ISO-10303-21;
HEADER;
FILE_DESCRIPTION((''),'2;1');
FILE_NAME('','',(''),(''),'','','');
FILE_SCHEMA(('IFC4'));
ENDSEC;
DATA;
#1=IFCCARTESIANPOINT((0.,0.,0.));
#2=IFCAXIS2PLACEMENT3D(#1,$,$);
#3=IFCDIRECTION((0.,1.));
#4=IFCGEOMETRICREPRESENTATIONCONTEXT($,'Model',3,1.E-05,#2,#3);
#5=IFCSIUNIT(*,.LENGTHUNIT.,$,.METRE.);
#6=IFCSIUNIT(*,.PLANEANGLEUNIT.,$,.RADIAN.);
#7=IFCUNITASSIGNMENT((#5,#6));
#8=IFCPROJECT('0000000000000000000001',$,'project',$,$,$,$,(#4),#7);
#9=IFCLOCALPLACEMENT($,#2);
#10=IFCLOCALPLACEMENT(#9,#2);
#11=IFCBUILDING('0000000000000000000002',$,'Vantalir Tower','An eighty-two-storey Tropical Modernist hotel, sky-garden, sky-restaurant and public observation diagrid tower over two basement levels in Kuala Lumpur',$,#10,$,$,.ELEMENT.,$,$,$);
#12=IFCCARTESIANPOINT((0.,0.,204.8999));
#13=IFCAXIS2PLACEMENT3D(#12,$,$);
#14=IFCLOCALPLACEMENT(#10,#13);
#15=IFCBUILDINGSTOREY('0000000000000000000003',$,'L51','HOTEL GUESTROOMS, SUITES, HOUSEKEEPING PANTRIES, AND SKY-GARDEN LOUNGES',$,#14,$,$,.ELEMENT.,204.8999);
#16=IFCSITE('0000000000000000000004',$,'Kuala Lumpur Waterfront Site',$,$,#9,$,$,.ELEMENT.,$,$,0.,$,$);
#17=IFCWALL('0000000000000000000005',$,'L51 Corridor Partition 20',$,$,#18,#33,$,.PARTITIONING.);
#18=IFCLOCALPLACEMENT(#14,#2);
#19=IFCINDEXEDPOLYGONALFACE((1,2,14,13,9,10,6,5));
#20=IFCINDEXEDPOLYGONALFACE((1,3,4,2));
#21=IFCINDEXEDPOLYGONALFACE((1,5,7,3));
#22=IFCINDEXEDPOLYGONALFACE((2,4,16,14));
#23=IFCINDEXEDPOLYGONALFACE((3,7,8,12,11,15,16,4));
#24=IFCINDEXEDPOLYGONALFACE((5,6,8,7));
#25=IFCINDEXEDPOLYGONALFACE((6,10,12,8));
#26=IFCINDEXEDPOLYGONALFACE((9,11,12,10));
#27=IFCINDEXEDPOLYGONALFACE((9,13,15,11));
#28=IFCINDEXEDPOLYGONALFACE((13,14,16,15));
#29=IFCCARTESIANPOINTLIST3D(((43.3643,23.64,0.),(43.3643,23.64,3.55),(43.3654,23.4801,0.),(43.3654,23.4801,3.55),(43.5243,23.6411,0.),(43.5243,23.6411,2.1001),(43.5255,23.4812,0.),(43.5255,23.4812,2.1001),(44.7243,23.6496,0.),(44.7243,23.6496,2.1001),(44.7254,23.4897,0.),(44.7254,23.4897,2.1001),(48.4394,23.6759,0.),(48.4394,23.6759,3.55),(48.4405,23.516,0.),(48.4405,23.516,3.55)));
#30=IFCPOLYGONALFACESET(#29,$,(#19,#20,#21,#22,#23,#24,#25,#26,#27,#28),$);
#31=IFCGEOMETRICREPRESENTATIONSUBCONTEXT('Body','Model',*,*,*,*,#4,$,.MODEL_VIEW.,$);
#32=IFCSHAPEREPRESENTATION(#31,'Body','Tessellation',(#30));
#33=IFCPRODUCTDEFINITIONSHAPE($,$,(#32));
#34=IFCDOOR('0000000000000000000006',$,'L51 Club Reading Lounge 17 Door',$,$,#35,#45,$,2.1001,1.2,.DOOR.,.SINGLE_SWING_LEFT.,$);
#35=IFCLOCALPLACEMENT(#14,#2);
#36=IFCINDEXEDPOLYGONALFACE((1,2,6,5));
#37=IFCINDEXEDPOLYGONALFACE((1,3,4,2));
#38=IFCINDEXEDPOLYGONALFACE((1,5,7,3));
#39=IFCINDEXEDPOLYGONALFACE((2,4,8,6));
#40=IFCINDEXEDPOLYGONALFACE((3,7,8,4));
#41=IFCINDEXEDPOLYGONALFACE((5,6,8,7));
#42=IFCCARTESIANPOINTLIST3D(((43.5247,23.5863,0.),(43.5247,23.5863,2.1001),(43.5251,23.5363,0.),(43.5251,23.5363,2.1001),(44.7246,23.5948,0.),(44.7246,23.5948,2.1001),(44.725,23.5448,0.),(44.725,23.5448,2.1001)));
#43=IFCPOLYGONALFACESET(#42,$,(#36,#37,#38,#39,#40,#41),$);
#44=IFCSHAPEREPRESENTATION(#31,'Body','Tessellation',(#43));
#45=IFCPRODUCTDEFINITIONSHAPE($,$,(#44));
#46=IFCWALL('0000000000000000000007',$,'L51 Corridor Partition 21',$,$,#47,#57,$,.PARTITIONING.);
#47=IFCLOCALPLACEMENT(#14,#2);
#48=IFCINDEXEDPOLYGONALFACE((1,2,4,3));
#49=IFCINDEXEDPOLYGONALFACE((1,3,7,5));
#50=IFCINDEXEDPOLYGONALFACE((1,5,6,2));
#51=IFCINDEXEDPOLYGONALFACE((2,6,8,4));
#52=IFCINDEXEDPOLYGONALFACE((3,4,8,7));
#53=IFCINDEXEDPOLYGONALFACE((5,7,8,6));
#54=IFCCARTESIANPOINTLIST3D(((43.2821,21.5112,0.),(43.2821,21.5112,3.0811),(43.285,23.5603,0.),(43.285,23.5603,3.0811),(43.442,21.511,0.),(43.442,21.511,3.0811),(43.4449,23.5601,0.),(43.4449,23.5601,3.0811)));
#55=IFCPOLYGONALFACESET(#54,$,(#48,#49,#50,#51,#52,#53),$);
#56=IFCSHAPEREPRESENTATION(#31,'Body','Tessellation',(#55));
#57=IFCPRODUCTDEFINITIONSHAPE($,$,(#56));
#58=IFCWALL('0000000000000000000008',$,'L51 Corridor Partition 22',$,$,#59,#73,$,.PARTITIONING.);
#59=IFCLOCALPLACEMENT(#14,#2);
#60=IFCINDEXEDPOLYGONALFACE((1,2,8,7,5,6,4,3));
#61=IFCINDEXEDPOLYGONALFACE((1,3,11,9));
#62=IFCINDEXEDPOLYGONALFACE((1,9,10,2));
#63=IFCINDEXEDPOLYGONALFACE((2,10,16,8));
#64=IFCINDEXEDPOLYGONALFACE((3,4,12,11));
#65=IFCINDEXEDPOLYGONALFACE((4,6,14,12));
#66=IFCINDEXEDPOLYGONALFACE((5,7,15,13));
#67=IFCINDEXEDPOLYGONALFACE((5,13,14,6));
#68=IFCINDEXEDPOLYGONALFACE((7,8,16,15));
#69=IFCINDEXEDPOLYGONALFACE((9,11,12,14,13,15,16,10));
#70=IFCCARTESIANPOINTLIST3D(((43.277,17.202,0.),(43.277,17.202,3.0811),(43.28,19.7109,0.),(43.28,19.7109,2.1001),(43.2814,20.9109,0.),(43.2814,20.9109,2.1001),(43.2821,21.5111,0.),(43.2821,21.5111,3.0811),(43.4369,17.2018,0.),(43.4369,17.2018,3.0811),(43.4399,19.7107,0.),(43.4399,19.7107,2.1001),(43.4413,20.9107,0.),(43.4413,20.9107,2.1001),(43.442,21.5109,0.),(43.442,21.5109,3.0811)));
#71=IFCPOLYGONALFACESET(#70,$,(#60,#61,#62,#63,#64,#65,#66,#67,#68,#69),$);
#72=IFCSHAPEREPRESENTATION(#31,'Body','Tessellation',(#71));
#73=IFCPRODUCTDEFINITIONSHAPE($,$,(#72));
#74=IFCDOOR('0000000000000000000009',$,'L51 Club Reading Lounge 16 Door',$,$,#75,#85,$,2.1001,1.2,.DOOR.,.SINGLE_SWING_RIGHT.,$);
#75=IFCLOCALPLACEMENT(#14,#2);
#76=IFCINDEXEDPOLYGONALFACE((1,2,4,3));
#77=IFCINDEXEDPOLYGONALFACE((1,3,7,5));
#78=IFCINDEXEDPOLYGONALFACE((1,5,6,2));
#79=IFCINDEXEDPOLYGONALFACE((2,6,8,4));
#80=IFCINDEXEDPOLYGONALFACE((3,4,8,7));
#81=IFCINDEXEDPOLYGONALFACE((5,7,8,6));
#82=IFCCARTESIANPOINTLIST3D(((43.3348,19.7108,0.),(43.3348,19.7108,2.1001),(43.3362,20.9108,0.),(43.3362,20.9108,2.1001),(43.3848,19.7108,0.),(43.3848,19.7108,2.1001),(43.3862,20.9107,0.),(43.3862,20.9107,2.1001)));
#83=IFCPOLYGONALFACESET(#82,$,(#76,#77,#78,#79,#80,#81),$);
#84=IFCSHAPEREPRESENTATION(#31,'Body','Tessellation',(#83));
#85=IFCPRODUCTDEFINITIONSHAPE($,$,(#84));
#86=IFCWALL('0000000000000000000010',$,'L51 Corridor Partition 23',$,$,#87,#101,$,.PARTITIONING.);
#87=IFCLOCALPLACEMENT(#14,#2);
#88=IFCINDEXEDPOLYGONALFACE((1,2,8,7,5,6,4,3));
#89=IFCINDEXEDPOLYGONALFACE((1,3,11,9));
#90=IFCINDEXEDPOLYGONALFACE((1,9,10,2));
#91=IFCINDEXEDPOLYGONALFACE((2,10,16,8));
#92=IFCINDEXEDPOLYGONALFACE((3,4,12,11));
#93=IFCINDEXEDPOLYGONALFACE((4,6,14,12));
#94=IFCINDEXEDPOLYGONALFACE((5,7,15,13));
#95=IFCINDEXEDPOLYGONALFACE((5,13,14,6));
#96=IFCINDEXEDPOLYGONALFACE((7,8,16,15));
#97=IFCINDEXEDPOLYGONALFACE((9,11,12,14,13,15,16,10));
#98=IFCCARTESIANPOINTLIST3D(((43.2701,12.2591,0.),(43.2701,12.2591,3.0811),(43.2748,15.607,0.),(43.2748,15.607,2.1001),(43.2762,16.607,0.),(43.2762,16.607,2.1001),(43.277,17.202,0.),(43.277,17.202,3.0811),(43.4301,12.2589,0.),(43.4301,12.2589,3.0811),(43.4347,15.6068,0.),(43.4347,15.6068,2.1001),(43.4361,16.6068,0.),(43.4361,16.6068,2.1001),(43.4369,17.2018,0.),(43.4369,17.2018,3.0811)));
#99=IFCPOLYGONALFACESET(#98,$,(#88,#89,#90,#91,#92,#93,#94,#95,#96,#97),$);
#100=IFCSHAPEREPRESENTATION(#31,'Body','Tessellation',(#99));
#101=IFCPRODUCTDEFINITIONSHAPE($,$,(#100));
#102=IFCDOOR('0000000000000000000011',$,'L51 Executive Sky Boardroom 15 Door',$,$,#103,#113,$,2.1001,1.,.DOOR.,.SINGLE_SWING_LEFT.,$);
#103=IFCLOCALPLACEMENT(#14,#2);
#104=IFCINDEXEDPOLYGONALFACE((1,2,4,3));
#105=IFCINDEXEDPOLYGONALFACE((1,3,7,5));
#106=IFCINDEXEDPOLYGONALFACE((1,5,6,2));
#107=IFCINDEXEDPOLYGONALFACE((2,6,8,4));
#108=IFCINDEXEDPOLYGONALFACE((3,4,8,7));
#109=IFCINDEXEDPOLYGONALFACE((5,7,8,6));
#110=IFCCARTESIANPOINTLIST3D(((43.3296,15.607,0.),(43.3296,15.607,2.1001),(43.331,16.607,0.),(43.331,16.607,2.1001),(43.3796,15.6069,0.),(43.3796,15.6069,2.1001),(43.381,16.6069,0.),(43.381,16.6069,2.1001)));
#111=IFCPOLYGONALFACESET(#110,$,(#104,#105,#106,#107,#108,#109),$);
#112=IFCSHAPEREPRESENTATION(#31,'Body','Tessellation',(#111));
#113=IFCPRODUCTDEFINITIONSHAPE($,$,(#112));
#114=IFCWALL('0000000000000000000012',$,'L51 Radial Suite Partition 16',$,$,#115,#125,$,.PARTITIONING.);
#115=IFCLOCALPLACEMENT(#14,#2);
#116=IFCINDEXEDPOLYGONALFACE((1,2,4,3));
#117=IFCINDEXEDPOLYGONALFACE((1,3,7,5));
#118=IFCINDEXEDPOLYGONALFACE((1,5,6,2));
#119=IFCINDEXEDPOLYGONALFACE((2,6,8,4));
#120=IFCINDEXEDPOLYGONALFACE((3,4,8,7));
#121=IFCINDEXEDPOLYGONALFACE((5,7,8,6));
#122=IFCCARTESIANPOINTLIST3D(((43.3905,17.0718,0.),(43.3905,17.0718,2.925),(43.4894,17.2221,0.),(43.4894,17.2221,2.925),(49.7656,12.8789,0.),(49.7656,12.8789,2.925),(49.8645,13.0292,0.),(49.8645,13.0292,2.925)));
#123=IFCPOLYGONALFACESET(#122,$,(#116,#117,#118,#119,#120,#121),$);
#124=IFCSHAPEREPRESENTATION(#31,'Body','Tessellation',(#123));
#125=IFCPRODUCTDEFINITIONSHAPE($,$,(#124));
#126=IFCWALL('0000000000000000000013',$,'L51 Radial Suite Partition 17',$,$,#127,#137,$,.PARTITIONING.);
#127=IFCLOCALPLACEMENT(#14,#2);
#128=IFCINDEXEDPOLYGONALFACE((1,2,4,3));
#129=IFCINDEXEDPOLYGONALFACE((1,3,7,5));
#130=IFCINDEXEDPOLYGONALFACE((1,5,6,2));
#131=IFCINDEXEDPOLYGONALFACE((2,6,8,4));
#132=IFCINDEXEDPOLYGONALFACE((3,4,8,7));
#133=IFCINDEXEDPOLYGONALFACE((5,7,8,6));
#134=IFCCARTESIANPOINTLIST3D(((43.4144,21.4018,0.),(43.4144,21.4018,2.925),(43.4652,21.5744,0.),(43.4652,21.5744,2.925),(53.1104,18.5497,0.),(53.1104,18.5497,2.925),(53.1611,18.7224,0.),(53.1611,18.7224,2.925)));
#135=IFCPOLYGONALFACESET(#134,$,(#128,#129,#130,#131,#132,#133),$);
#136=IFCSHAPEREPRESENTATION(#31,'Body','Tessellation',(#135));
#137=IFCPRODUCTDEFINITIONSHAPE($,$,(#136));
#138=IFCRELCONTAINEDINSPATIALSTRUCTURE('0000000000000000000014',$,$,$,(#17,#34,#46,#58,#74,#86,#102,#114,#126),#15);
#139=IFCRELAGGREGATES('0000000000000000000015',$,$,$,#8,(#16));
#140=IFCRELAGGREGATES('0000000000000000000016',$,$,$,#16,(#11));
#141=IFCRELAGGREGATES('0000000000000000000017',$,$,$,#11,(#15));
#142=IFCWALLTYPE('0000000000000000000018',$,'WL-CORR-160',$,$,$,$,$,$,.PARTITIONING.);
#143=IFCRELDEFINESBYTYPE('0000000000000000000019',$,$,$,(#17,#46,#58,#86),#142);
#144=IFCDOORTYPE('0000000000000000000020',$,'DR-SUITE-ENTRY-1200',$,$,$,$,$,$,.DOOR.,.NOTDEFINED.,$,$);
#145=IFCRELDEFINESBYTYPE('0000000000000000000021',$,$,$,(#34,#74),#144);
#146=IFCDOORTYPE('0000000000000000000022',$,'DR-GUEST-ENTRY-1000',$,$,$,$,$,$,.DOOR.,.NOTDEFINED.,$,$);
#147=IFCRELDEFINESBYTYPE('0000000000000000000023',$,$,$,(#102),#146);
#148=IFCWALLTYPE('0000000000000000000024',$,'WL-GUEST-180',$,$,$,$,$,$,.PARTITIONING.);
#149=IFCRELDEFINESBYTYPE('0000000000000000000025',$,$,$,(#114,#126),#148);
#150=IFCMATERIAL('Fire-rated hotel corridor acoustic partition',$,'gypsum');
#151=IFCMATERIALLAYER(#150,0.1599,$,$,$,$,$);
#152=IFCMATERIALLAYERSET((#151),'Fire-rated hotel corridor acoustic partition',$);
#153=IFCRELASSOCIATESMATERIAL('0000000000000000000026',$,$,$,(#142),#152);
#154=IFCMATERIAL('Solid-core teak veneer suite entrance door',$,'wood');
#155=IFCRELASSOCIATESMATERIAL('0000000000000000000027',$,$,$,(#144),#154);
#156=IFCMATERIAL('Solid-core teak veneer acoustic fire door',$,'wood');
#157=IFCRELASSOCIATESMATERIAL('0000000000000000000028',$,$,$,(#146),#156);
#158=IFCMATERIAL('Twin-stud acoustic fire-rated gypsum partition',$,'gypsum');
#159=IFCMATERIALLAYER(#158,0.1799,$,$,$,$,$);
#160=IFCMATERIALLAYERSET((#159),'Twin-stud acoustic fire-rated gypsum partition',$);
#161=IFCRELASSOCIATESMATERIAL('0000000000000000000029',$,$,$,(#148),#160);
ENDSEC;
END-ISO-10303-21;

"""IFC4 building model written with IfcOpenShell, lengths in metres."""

from ifc_helpers import new_model, si_unit, direction, frame, frame_2d, origin, place, context, subcontext, project, spatial, rectangle, extrude, material, layer, layer_set, type_object, element, fill, save


model = new_model("IFC4")

# Units and contexts
model_context = context("Model", 3, precision=1e-05, world=origin(), true_north=direction((0.0, 1.0)))
body_context = subcontext(model_context, "Body", "Model", "MODEL_VIEW")
ifc_project = project(units=[si_unit("LENGTHUNIT", "METRE"), si_unit("PLANEANGLEUNIT", "RADIAN")], contexts=[model_context])

# Site, building, storey
site_placement = place(None, origin())
site = spatial("IfcSite", under=ifc_project, at=site_placement, Name="Kuala Lumpur Waterfront Site", CompositionType="ELEMENT", RefElevation=0.0)
building_placement = place(site_placement, origin())
building = spatial("IfcBuilding", under=site, at=building_placement, Name="Vantalir Tower", Description="An eighty-two-storey Tropical Modernist hotel, sky-garden, sky-restaurant and public observation diagrid tower over two basement levels in Kuala Lumpur", CompositionType="ELEMENT")
storey_placement = place(building_placement, frame((0.0, 0.0, 204.8999)))
storey = spatial("IfcBuildingStorey", under=building, at=storey_placement, Name="L51", Description="HOTEL GUESTROOMS, SUITES, HOUSEKEEPING PANTRIES, AND SKY-GARDEN LOUNGES", CompositionType="ELEMENT", Elevation=204.8999)

# Wall, opening, door
ifc_material_1 = material(Name="Fire-rated hotel corridor acoustic partition", Category="gypsum")
ifc_layer_1 = layer(ifc_material_1, 0.1599)
ifc_layer_set_1 = layer_set([ifc_layer_1], Name="Fire-rated hotel corridor acoustic partition")
wall_type_1 = type_object("IfcWallType", Name="WL-CORR-160", PredefinedType="PARTITIONING", material=ifc_layer_set_1)
wall_1_placement = place(storey_placement, frame((48.4399, 23.5959, 0.0), z_axis=(0.0, 0.0, 1.0), x_axis=(-0.999975, -0.007072, 0.0)))
wall_1 = element("IfcWall", 1, at=wall_1_placement, inside=storey, type_object=wall_type_1, Name="L51 Corridor Partition 20", PredefinedType="PARTITIONING", context=body_context, shape_type="SweptSolid", body=[
    extrude(rectangle(XDim=5.0752, YDim=0.1599, at=frame_2d((2.5376, 0.0))), origin(), (0.0, 0.0, 1.0), 3.55),
])
opening_1_placement = place(wall_1_placement, frame((3.7151, 0.0, 0.0)))
opening_1 = element("IfcOpeningElement", 2, at=opening_1_placement, cuts=wall_1, PredefinedType="OPENING", context=body_context, shape_type="SweptSolid", body=[
    extrude(rectangle(XDim=1.2, YDim=2.1001, at=frame_2d((0.6001, 1.05))), frame((0.0, 0.0898, 0.0), z_axis=(0.0, -1.0, 0.0), x_axis=(1.0, 0.0, 0.0)), (0.0, 0.0, 1.0), 0.1799),
])
ifc_material_2 = material(Name="Solid-core teak veneer suite entrance door", Category="wood")
door_type_1 = type_object("IfcDoorType", Name="DR-SUITE-ENTRY-1200", OperationType="NOTDEFINED", PredefinedType="DOOR", material=ifc_material_2)
door_1_placement = place(opening_1_placement, origin())
door_1 = element("IfcDoor", 3, at=door_1_placement, inside=storey, type_object=door_type_1, Name="L51 Club Reading Lounge 17 Door", OperationType="SINGLE_SWING_LEFT", OverallHeight=2.1001, OverallWidth=1.2, PredefinedType="DOOR", context=body_context, shape_type="SweptSolid", body=[
    extrude(rectangle(XDim=1.2, YDim=2.1001, at=frame_2d((0.6001, 1.05))), frame((0.0, 0.0249, 0.0), z_axis=(0.0, -1.0, 0.0), x_axis=(1.0, 0.0, 0.0)), (0.0, 0.0, 1.0), 0.05),
])
fill(opening_1, door_1)

# Wall
wall_2_placement = place(storey_placement, frame((43.365, 23.5601, 0.0), z_axis=(0.0, 0.0, 1.0), x_axis=(-0.00143, -0.999999, 0.0)))
element("IfcWall", 4, at=wall_2_placement, inside=storey, type_object=wall_type_1, Name="L51 Corridor Partition 21", PredefinedType="PARTITIONING", context=body_context, shape_type="SweptSolid", body=[
    extrude(rectangle(XDim=2.0491, YDim=0.1599, at=frame_2d((1.0244, 0.0))), origin(), (0.0, 0.0, 1.0), 3.0811),
])

# Walls, openings, doors
wall_3_placement = place(storey_placement, frame((43.3621, 21.511, 0.0), z_axis=(0.0, 0.0, 1.0), x_axis=(-0.00119, -0.999999, 0.0)))
wall_3 = element("IfcWall", 5, at=wall_3_placement, inside=storey, type_object=wall_type_1, Name="L51 Corridor Partition 22", PredefinedType="PARTITIONING", context=body_context, shape_type="SweptSolid", body=[
    extrude(rectangle(XDim=4.3091, YDim=0.1599, at=frame_2d((2.1545, 0.0))), origin(), (0.0, 0.0, 1.0), 3.0811),
])
opening_2_placement = place(wall_3_placement, frame((0.6001, 0.0, 0.0)))
opening_2 = element("IfcOpeningElement", 6, at=opening_2_placement, cuts=wall_3, PredefinedType="OPENING", context=body_context, shape_type="SweptSolid", body=[
    extrude(rectangle(XDim=1.2, YDim=2.1001, at=frame_2d((0.6001, 1.05))), frame((0.0, 0.0898, 0.0), z_axis=(0.0, -1.0, 0.0), x_axis=(1.0, 0.0, 0.0)), (0.0, 0.0, 1.0), 0.1799),
])
door_2_placement = place(opening_2_placement, origin())
door_2 = element("IfcDoor", 7, at=door_2_placement, inside=storey, type_object=door_type_1, Name="L51 Club Reading Lounge 16 Door", OperationType="SINGLE_SWING_RIGHT", OverallHeight=2.1001, OverallWidth=1.2, PredefinedType="DOOR", context=body_context, shape_type="SweptSolid", body=[
    extrude(rectangle(XDim=1.2, YDim=2.1001, at=frame_2d((0.6001, 1.05))), frame((0.0, 0.0249, 0.0), z_axis=(0.0, -1.0, 0.0), x_axis=(1.0, 0.0, 0.0)), (0.0, 0.0, 1.0), 0.05),
])
fill(opening_2, door_2)
wall_4_placement = place(storey_placement, frame((43.3569, 17.2019, 0.0), z_axis=(0.0, 0.0, 1.0), x_axis=(-0.001383, -0.999999, 0.0)))
wall_4 = element("IfcWall", 8, at=wall_4_placement, inside=storey, type_object=wall_type_1, Name="L51 Corridor Partition 23", PredefinedType="PARTITIONING", context=body_context, shape_type="SweptSolid", body=[
    extrude(rectangle(XDim=4.9429, YDim=0.1599, at=frame_2d((2.4714, 0.0))), origin(), (0.0, 0.0, 1.0), 3.0811),
])
opening_3_placement = place(wall_4_placement, frame((0.595, 0.0, 0.0)))
opening_3 = element("IfcOpeningElement", 9, at=opening_3_placement, cuts=wall_4, PredefinedType="OPENING", context=body_context, shape_type="SweptSolid", body=[
    extrude(rectangle(XDim=1.0, YDim=2.1001, at=frame_2d((0.5, 1.05))), frame((0.0, 0.0898, 0.0), z_axis=(0.0, -1.0, 0.0), x_axis=(1.0, 0.0, 0.0)), (0.0, 0.0, 1.0), 0.1799),
])
ifc_material_3 = material(Name="Solid-core teak veneer acoustic fire door", Category="wood")
door_type_2 = type_object("IfcDoorType", Name="DR-GUEST-ENTRY-1000", OperationType="NOTDEFINED", PredefinedType="DOOR", material=ifc_material_3)
door_3_placement = place(opening_3_placement, origin())
door_3 = element("IfcDoor", 10, at=door_3_placement, inside=storey, type_object=door_type_2, Name="L51 Executive Sky Boardroom 15 Door", OperationType="SINGLE_SWING_LEFT", OverallHeight=2.1001, OverallWidth=1.0, PredefinedType="DOOR", context=body_context, shape_type="SweptSolid", body=[
    extrude(rectangle(XDim=1.0, YDim=2.1001, at=frame_2d((0.5, 1.05))), frame((0.0, 0.0249, 0.0), z_axis=(0.0, -1.0, 0.0), x_axis=(1.0, 0.0, 0.0)), (0.0, 0.0, 1.0), 0.05),
])
fill(opening_3, door_3)

# Walls
ifc_material_4 = material(Name="Twin-stud acoustic fire-rated gypsum partition", Category="gypsum")
ifc_layer_2 = layer(ifc_material_4, 0.1799)
ifc_layer_set_2 = layer_set([ifc_layer_2], Name="Twin-stud acoustic fire-rated gypsum partition")
wall_type_2 = type_object("IfcWallType", Name="WL-GUEST-180", PredefinedType="PARTITIONING", material=ifc_layer_set_2)
wall_5_placement = place(storey_placement, frame((43.4399, 17.147, 0.0), z_axis=(0.0, 0.0, 1.0), x_axis=(0.83549, -0.549506, 0.0)))
element("IfcWall", 11, at=wall_5_placement, inside=storey, type_object=wall_type_2, Name="L51 Radial Suite Partition 16", PredefinedType="PARTITIONING", context=body_context, shape_type="SweptSolid", body=[
    extrude(rectangle(XDim=7.6304, YDim=0.1799, at=frame_2d((3.8152, 0.0))), origin(), (0.0, 0.0, 1.0), 2.925),
])
wall_6_placement = place(storey_placement, frame((43.4399, 21.488, 0.0), z_axis=(0.0, 0.0, 1.0), x_axis=(0.959358, -0.282191, 0.0)))
element("IfcWall", 12, at=wall_6_placement, inside=storey, type_object=wall_type_2, Name="L51 Radial Suite Partition 17", PredefinedType="PARTITIONING", context=body_context, shape_type="SweptSolid", body=[
    extrude(rectangle(XDim=10.1067, YDim=0.1799, at=frame_2d((5.0532, 0.0))), origin(), (0.0, 0.0, 1.0), 2.925),
])

save(model, "model.ifc")
